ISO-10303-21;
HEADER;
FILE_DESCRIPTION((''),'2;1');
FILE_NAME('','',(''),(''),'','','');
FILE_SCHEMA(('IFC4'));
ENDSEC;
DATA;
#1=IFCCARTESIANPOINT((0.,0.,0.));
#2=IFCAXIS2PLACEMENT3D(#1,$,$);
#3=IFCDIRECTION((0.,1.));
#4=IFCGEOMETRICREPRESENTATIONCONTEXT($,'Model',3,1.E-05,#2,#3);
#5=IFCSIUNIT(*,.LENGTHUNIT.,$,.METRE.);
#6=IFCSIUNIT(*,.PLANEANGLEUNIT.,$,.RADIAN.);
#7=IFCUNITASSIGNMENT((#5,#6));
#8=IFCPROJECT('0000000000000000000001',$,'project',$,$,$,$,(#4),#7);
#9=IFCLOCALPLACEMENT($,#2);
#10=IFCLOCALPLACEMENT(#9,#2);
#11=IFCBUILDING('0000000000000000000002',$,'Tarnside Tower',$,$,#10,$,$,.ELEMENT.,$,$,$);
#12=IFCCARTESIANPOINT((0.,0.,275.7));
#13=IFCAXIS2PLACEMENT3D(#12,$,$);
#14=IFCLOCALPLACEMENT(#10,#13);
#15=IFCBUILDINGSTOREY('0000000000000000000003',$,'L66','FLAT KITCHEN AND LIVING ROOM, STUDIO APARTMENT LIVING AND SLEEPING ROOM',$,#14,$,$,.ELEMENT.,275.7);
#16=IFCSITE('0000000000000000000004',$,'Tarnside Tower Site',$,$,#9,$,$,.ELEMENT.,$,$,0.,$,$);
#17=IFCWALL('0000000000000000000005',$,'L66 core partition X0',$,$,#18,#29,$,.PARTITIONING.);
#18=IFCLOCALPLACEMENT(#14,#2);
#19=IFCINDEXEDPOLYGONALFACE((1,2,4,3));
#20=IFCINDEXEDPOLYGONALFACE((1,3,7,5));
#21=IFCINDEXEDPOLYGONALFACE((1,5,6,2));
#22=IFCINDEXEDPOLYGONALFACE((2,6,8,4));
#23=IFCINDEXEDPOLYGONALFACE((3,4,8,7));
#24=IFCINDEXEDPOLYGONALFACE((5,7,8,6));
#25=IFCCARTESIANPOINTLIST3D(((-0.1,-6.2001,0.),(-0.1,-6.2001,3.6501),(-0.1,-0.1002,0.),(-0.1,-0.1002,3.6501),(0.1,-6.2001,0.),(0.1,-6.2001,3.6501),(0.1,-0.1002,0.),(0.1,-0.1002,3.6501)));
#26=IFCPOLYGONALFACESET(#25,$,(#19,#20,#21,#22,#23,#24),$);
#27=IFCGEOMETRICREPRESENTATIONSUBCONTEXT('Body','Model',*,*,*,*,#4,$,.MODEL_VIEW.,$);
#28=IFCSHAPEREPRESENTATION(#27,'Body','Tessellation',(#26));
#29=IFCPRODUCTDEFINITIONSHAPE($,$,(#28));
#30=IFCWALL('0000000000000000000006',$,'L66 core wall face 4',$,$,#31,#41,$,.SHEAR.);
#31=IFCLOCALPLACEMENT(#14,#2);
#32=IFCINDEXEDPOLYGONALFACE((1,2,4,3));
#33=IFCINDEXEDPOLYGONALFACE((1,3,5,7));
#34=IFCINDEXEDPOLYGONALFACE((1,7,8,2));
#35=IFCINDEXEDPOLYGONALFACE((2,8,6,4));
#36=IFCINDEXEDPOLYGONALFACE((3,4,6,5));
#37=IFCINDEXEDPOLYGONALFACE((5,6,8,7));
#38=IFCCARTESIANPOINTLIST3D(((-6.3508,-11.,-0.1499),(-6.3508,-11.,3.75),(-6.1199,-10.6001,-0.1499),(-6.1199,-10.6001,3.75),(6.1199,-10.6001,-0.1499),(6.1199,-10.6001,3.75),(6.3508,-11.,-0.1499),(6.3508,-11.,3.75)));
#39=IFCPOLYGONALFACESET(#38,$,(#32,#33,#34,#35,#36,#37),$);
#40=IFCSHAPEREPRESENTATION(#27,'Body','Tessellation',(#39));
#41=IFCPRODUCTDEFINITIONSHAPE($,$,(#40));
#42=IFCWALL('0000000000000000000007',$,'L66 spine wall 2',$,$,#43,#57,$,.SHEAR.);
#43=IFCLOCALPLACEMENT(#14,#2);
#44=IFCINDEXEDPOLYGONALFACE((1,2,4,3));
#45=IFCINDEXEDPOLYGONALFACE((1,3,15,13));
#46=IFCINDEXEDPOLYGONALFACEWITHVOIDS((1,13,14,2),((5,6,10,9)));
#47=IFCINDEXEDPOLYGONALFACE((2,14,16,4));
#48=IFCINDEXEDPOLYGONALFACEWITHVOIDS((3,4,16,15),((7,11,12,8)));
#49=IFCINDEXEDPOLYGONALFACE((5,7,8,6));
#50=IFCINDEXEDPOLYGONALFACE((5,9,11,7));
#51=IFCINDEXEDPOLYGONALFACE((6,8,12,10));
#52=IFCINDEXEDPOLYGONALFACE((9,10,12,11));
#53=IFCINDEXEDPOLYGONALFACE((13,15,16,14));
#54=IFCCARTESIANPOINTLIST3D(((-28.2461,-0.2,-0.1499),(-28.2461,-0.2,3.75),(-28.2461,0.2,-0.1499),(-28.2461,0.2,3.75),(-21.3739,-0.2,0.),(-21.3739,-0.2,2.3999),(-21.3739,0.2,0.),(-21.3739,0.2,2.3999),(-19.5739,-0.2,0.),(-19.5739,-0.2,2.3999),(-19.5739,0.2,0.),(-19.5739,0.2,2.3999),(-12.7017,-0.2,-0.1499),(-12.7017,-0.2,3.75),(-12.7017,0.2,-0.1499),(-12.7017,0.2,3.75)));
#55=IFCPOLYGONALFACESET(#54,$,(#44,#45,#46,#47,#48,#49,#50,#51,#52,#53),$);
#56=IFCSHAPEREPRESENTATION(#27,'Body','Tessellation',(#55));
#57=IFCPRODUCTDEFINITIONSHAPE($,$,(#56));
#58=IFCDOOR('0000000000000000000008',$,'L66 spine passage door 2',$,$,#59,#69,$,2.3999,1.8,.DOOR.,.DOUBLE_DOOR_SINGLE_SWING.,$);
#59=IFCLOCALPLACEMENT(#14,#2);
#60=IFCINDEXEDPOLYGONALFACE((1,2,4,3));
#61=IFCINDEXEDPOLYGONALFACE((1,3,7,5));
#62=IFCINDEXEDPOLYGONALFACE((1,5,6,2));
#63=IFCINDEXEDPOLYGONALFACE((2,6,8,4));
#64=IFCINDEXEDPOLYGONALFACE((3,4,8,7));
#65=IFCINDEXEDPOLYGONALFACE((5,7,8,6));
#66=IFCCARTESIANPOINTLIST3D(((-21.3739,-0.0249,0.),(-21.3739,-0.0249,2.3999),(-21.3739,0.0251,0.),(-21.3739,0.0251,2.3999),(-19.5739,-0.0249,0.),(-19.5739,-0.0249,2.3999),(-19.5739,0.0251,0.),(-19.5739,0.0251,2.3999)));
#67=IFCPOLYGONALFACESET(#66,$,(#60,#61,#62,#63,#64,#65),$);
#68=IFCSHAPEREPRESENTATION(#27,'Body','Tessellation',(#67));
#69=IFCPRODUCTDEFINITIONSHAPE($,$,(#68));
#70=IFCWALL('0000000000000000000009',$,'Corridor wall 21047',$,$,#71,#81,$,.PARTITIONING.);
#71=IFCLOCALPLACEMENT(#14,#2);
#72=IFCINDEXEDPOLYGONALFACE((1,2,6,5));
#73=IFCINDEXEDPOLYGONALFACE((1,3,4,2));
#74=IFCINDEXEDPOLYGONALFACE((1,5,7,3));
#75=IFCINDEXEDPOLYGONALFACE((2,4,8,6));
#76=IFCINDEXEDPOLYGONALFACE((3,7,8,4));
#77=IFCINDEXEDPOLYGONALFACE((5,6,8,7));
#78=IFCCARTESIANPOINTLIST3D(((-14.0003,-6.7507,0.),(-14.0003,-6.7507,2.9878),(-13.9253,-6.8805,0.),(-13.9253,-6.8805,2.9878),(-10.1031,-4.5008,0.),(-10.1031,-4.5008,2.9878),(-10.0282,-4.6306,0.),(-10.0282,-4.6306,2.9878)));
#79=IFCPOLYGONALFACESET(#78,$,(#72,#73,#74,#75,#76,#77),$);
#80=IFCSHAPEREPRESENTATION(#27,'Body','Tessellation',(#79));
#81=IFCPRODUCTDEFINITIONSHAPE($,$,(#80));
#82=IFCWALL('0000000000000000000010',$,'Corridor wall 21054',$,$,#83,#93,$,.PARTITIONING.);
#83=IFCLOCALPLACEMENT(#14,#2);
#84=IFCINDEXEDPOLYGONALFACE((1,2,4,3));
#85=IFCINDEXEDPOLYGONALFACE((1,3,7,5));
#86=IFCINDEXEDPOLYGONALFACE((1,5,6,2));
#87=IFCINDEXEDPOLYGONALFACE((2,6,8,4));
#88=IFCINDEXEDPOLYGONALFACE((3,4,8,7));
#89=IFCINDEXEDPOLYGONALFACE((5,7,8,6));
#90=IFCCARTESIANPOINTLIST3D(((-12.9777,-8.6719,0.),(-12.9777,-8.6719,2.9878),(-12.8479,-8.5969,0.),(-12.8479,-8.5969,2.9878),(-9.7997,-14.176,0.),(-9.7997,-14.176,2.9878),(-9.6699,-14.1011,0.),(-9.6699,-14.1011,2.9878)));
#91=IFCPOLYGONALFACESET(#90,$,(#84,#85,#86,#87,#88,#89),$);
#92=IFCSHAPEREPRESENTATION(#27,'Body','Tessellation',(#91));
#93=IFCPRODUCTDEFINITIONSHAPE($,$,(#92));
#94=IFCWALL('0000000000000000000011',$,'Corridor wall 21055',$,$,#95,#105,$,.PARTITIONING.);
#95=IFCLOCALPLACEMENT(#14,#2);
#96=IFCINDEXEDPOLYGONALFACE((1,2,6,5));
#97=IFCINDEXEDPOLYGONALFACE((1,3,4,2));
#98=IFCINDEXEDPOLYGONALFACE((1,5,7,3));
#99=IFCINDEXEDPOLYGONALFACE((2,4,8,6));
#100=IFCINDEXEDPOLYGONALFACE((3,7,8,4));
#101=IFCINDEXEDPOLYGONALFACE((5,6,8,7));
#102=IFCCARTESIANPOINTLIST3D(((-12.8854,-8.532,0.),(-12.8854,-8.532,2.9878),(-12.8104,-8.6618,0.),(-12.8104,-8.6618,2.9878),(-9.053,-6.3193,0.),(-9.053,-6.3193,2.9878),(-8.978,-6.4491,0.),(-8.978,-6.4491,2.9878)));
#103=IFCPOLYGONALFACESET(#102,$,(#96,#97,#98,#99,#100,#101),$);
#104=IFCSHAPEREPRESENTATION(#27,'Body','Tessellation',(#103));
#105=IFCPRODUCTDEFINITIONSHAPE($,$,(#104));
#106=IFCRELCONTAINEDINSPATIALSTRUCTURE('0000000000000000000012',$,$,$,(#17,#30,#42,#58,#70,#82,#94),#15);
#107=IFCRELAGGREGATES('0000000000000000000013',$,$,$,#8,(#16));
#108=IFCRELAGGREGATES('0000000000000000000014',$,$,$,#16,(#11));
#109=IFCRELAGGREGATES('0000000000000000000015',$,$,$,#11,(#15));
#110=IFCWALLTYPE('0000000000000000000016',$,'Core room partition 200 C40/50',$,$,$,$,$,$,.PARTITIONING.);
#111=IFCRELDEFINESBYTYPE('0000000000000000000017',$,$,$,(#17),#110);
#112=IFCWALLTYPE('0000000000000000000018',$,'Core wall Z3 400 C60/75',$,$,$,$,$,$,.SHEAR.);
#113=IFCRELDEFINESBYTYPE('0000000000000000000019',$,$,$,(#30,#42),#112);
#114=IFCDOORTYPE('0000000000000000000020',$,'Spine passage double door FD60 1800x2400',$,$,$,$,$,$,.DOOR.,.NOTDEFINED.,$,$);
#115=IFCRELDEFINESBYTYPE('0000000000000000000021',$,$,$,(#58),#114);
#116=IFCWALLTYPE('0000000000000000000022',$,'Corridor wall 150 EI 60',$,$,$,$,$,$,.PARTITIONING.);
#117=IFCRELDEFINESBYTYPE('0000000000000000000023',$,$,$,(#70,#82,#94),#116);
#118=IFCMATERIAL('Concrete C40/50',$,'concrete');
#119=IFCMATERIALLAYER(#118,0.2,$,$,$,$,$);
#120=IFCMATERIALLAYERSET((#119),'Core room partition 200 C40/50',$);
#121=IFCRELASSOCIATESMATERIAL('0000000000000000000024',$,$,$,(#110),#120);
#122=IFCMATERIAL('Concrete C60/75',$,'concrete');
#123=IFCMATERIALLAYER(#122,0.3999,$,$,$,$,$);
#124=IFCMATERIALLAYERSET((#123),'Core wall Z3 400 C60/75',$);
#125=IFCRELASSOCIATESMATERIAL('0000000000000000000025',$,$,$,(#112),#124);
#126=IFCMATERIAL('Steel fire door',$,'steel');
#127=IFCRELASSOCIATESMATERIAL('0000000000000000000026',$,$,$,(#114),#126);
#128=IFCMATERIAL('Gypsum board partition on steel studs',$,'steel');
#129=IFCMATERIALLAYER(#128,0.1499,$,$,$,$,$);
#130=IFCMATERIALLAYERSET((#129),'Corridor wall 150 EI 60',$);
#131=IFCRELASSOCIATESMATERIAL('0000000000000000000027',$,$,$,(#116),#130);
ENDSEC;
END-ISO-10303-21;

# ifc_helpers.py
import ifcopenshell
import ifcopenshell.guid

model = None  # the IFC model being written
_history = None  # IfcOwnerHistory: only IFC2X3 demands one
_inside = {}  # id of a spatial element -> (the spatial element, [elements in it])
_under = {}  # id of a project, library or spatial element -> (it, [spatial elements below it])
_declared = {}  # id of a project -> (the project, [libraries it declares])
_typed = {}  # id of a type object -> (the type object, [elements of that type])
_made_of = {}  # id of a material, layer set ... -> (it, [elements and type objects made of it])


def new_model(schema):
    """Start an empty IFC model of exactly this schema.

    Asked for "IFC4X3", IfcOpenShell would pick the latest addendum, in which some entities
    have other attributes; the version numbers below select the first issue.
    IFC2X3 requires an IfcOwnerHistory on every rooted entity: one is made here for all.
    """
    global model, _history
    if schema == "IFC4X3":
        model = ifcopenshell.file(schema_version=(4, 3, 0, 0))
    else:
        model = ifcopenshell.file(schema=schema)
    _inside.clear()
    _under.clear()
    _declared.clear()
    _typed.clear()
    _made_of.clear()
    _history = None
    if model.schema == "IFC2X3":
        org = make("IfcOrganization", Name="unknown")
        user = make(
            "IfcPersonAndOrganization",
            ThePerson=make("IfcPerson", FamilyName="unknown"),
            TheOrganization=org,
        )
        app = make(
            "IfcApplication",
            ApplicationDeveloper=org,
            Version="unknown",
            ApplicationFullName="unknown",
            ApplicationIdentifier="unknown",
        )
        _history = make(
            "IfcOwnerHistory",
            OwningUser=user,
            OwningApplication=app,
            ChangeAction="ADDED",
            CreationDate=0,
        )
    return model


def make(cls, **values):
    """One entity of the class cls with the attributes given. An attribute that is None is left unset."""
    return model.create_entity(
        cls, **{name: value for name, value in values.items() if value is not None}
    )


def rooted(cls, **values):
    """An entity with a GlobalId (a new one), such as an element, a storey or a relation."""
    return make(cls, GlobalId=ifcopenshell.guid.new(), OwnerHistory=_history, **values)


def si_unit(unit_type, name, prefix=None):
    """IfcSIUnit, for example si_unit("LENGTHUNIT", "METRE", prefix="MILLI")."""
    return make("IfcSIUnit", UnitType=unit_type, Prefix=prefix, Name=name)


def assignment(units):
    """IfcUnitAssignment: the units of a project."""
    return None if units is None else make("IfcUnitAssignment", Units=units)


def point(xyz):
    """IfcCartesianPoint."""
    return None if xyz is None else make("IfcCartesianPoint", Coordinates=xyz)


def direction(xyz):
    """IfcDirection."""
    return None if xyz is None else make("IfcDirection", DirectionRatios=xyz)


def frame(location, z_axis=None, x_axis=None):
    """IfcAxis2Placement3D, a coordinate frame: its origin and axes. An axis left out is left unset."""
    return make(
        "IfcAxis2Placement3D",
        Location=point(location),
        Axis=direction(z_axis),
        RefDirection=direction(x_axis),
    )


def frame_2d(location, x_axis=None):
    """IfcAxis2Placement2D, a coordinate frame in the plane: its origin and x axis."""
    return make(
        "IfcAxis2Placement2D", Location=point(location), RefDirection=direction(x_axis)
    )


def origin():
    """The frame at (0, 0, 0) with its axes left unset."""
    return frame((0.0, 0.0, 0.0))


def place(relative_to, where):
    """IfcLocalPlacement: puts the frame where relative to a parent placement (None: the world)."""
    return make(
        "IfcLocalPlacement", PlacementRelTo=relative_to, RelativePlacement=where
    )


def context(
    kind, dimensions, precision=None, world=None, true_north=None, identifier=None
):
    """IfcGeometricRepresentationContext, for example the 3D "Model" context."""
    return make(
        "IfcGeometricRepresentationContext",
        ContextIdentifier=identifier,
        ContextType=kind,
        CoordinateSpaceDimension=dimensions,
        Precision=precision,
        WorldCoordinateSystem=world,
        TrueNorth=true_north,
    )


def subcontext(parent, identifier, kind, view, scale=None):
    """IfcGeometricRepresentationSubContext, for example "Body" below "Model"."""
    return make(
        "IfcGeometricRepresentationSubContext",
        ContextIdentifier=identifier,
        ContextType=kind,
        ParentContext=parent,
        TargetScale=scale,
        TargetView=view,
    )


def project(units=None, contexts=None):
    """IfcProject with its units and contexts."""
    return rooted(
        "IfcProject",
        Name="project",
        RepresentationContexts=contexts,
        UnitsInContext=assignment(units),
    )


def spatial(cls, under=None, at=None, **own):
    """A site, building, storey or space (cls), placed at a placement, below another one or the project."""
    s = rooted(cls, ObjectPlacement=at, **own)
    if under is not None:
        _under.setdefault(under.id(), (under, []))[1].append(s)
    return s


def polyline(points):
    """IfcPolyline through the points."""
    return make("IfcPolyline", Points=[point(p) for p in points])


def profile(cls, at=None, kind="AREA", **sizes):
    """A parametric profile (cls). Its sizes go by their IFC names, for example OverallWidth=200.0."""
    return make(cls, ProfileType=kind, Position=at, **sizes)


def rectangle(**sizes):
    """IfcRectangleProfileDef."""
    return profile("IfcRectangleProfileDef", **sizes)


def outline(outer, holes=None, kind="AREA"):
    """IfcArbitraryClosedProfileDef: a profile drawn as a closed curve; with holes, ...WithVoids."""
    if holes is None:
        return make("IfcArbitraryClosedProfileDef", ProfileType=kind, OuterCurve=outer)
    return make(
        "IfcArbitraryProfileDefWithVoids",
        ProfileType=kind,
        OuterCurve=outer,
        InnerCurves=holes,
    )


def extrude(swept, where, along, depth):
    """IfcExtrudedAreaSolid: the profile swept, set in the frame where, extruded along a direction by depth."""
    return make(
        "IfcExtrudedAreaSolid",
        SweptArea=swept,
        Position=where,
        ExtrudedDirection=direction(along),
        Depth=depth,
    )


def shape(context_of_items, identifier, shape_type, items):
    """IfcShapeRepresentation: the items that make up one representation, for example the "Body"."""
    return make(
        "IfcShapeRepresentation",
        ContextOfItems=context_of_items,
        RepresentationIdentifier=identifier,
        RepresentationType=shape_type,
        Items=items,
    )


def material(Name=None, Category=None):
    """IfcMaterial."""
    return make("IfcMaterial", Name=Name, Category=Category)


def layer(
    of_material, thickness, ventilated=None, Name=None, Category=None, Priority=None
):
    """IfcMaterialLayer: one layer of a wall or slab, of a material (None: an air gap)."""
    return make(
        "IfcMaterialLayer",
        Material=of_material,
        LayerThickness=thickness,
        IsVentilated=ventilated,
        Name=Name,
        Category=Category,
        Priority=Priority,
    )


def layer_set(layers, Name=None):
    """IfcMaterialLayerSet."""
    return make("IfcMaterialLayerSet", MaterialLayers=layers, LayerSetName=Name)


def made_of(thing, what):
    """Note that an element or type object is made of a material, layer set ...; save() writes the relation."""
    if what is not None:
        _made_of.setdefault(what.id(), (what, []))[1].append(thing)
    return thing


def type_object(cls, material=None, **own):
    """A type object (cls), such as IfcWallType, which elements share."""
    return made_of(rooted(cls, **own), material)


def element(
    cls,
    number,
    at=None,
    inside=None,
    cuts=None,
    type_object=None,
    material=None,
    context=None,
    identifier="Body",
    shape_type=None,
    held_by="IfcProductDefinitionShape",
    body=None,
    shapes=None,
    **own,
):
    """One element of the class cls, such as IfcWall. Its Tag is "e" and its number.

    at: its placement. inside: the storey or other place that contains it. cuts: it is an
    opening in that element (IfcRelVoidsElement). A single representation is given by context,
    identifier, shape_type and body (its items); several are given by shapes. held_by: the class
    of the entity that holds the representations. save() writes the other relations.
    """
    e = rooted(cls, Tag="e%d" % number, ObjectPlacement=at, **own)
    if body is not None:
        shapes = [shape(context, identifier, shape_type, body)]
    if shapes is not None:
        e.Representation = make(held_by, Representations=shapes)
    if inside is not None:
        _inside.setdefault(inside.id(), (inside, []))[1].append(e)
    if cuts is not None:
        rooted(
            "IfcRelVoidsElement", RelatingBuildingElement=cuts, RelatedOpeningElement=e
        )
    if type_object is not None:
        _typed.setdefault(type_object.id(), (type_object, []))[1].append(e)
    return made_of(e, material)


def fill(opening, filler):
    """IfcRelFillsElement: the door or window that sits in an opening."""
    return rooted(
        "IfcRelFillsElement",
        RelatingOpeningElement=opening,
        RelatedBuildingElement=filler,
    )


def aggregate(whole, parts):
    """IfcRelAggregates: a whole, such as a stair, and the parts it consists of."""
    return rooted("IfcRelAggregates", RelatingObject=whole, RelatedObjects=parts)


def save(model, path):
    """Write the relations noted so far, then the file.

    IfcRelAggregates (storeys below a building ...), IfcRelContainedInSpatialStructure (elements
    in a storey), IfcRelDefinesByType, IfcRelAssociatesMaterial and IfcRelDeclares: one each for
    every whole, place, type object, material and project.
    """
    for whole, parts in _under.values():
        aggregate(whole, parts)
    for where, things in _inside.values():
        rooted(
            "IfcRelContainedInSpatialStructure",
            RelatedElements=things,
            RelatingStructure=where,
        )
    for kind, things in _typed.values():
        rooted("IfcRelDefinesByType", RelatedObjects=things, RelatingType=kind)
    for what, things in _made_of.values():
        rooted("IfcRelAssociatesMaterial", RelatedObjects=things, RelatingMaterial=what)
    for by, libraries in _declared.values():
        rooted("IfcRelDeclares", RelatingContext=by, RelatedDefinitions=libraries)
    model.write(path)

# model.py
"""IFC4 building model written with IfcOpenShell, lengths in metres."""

from ifc_helpers import new_model, si_unit, direction, frame, frame_2d, origin, place, context, subcontext, project, spatial, polyline, rectangle, outline, extrude, material, layer, layer_set, type_object, element, fill, save


model = new_model("IFC4")

# Units and contexts
model_context = context("Model", 3, precision=1e-05, world=origin(), true_north=direction((0.0, 1.0)))
body_context = subcontext(model_context, "Body", "Model", "MODEL_VIEW")
ifc_project = project(units=[si_unit("LENGTHUNIT", "METRE"), si_unit("PLANEANGLEUNIT", "RADIAN")], contexts=[model_context])

# Site, building, storey
site_placement = place(None, origin())
site = spatial("IfcSite", under=ifc_project, at=site_placement, Name="Tarnside Tower Site", CompositionType="ELEMENT", RefElevation=0.0)
building_placement = place(site_placement, origin())
building = spatial("IfcBuilding", under=site, at=building_placement, Name="Tarnside Tower", CompositionType="ELEMENT")
storey_placement = place(building_placement, frame((0.0, 0.0, 275.7)))
storey = spatial("IfcBuildingStorey", under=building, at=storey_placement, Name="L66", Description="FLAT KITCHEN AND LIVING ROOM, STUDIO APARTMENT LIVING AND SLEEPING ROOM", CompositionType="ELEMENT", Elevation=275.7)

# Walls
ifc_material_1 = material(Name="Concrete C40/50", Category="concrete")
ifc_layer_1 = layer(ifc_material_1, 0.2)
ifc_layer_set_1 = layer_set([ifc_layer_1], Name="Core room partition 200 C40/50")
wall_type_1 = type_object("IfcWallType", Name="Core room partition 200 C40/50", PredefinedType="PARTITIONING", material=ifc_layer_set_1)
wall_1_placement = place(storey_placement, frame((0.0, -6.2, 0.0), z_axis=(0.0, 0.0, 1.0), x_axis=(0.0, 1.0, 0.0)))
element("IfcWall", 1, at=wall_1_placement, inside=storey, type_object=wall_type_1, Name="L66 core partition X0", PredefinedType="PARTITIONING", context=body_context, shape_type="SweptSolid", body=[
    extrude(rectangle(XDim=6.0999, YDim=0.2, at=frame_2d((3.0498, 0.0))), origin(), (0.0, 0.0, 1.0), 3.6501),
])
ifc_material_2 = material(Name="Concrete C60/75", Category="concrete")
ifc_layer_2 = layer(ifc_material_2, 0.3999)
ifc_layer_set_2 = layer_set([ifc_layer_2], Name="Core wall Z3 400 C60/75")
wall_type_2 = type_object("IfcWallType", Name="Core wall Z3 400 C60/75", PredefinedType="SHEAR", material=ifc_layer_set_2)
wall_2_placement = place(storey_placement, frame((-6.2354, -10.8, -0.1499), z_axis=(0.0, 0.0, 1.0), x_axis=(1.0, 0.0, 0.0)))
element("IfcWall", 2, at=wall_2_placement, inside=storey, type_object=wall_type_2, Name="L66 core wall face 4", PredefinedType="SHEAR", context=body_context, shape_type="SweptSolid", body=[
    extrude(outline(polyline([(-0.1155, -0.2), (12.5862, -0.2), (12.3552, 0.2), (0.1155, 0.2), (-0.1155, -0.2)])), origin(), (0.0, 0.0, 1.0), 3.8999),
])

# Wall, opening, door
wall_3_placement = place(storey_placement, frame((-12.7017, 0.0, -0.1499), z_axis=(0.0, 0.0, 1.0), x_axis=(-1.0, 0.0, 0.0)))
wall_3 = element("IfcWall", 3, at=wall_3_placement, inside=storey, type_object=wall_type_2, Name="L66 spine wall 2", PredefinedType="SHEAR", context=body_context, shape_type="SweptSolid", body=[
    extrude(rectangle(XDim=15.5444, YDim=0.3999, at=frame_2d((7.7722, 0.0))), origin(), (0.0, 0.0, 1.0), 3.8999),
])
opening_1_placement = place(wall_3_placement, frame((6.8723, 0.0, 0.1499)))
opening_1 = element("IfcOpeningElement", 4, at=opening_1_placement, cuts=wall_3, PredefinedType="OPENING", context=body_context, shape_type="SweptSolid", body=[
    extrude(rectangle(XDim=1.8, YDim=2.3999, at=frame_2d((0.8999, 1.2))), frame((0.0, 0.21, 0.0), z_axis=(0.0, -1.0, 0.0), x_axis=(1.0, 0.0, 0.0)), (0.0, 0.0, 1.0), 0.4199),
])
ifc_material_3 = material(Name="Steel fire door", Category="steel")
door_type_1 = type_object("IfcDoorType", Name="Spine passage double door FD60 1800x2400", OperationType="NOTDEFINED", PredefinedType="DOOR", material=ifc_material_3)
door_1_placement = place(opening_1_placement, origin())
door_1 = element("IfcDoor", 5, at=door_1_placement, inside=storey, type_object=door_type_1, Name="L66 spine passage door 2", OperationType="DOUBLE_DOOR_SINGLE_SWING", OverallHeight=2.3999, OverallWidth=1.8, PredefinedType="DOOR", context=body_context, shape_type="SweptSolid", body=[
    extrude(rectangle(XDim=1.8, YDim=2.3999, at=frame_2d((0.8999, 1.2))), frame((0.0, 0.0249, 0.0), z_axis=(0.0, -1.0, 0.0), x_axis=(1.0, 0.0, 0.0)), (0.0, 0.0, 1.0), 0.05),
])
fill(opening_1, door_1)

# Walls
ifc_material_4 = material(Name="Gypsum board partition on steel studs", Category="steel")
ifc_layer_3 = layer(ifc_material_4, 0.1499)
ifc_layer_set_3 = layer_set([ifc_layer_3], Name="Corridor wall 150 EI 60")
wall_type_3 = type_object("IfcWallType", Name="Corridor wall 150 EI 60", PredefinedType="PARTITIONING", material=ifc_layer_set_3)
wall_4_placement = place(storey_placement, frame((-10.0657, -4.5657, 0.0), z_axis=(0.0, 0.0, 1.0), x_axis=(-0.866031, -0.49999, 0.0)))
element("IfcWall", 6, at=wall_4_placement, inside=storey, type_object=wall_type_3, Name="Corridor wall 21047", PredefinedType="PARTITIONING", context=body_context, shape_type="SweptSolid", body=[
    extrude(rectangle(XDim=4.5, YDim=0.1499, at=frame_2d((2.25, 0.0))), origin(), (0.0, 0.0, 1.0), 2.9878),
])
wall_5_placement = place(storey_placement, frame((-9.7349, -14.1384, 0.0), z_axis=(0.0, 0.0, 1.0), x_axis=(-0.500018, 0.866015, 0.0)))
element("IfcWall", 7, at=wall_5_placement, inside=storey, type_object=wall_type_3, Name="Corridor wall 21054", PredefinedType="PARTITIONING", context=body_context, shape_type="SweptSolid", body=[
    extrude(rectangle(XDim=6.3557, YDim=0.1499, at=frame_2d((3.1777, 0.0))), origin(), (0.0, 0.0, 1.0), 2.9878),
])
wall_6_placement = place(storey_placement, frame((-12.8479, -8.5969, 0.0), z_axis=(0.0, 0.0, 1.0), x_axis=(0.866017, 0.500014, 0.0)))
element("IfcWall", 8, at=wall_6_placement, inside=storey, type_object=wall_type_3, Name="Corridor wall 21055", PredefinedType="PARTITIONING", context=body_context, shape_type="SweptSolid", body=[
    extrude(rectangle(XDim=4.4253, YDim=0.1499, at=frame_2d((2.2126, 0.0))), origin(), (0.0, 0.0, 1.0), 2.9878),
])

save(model, "model.ifc")
